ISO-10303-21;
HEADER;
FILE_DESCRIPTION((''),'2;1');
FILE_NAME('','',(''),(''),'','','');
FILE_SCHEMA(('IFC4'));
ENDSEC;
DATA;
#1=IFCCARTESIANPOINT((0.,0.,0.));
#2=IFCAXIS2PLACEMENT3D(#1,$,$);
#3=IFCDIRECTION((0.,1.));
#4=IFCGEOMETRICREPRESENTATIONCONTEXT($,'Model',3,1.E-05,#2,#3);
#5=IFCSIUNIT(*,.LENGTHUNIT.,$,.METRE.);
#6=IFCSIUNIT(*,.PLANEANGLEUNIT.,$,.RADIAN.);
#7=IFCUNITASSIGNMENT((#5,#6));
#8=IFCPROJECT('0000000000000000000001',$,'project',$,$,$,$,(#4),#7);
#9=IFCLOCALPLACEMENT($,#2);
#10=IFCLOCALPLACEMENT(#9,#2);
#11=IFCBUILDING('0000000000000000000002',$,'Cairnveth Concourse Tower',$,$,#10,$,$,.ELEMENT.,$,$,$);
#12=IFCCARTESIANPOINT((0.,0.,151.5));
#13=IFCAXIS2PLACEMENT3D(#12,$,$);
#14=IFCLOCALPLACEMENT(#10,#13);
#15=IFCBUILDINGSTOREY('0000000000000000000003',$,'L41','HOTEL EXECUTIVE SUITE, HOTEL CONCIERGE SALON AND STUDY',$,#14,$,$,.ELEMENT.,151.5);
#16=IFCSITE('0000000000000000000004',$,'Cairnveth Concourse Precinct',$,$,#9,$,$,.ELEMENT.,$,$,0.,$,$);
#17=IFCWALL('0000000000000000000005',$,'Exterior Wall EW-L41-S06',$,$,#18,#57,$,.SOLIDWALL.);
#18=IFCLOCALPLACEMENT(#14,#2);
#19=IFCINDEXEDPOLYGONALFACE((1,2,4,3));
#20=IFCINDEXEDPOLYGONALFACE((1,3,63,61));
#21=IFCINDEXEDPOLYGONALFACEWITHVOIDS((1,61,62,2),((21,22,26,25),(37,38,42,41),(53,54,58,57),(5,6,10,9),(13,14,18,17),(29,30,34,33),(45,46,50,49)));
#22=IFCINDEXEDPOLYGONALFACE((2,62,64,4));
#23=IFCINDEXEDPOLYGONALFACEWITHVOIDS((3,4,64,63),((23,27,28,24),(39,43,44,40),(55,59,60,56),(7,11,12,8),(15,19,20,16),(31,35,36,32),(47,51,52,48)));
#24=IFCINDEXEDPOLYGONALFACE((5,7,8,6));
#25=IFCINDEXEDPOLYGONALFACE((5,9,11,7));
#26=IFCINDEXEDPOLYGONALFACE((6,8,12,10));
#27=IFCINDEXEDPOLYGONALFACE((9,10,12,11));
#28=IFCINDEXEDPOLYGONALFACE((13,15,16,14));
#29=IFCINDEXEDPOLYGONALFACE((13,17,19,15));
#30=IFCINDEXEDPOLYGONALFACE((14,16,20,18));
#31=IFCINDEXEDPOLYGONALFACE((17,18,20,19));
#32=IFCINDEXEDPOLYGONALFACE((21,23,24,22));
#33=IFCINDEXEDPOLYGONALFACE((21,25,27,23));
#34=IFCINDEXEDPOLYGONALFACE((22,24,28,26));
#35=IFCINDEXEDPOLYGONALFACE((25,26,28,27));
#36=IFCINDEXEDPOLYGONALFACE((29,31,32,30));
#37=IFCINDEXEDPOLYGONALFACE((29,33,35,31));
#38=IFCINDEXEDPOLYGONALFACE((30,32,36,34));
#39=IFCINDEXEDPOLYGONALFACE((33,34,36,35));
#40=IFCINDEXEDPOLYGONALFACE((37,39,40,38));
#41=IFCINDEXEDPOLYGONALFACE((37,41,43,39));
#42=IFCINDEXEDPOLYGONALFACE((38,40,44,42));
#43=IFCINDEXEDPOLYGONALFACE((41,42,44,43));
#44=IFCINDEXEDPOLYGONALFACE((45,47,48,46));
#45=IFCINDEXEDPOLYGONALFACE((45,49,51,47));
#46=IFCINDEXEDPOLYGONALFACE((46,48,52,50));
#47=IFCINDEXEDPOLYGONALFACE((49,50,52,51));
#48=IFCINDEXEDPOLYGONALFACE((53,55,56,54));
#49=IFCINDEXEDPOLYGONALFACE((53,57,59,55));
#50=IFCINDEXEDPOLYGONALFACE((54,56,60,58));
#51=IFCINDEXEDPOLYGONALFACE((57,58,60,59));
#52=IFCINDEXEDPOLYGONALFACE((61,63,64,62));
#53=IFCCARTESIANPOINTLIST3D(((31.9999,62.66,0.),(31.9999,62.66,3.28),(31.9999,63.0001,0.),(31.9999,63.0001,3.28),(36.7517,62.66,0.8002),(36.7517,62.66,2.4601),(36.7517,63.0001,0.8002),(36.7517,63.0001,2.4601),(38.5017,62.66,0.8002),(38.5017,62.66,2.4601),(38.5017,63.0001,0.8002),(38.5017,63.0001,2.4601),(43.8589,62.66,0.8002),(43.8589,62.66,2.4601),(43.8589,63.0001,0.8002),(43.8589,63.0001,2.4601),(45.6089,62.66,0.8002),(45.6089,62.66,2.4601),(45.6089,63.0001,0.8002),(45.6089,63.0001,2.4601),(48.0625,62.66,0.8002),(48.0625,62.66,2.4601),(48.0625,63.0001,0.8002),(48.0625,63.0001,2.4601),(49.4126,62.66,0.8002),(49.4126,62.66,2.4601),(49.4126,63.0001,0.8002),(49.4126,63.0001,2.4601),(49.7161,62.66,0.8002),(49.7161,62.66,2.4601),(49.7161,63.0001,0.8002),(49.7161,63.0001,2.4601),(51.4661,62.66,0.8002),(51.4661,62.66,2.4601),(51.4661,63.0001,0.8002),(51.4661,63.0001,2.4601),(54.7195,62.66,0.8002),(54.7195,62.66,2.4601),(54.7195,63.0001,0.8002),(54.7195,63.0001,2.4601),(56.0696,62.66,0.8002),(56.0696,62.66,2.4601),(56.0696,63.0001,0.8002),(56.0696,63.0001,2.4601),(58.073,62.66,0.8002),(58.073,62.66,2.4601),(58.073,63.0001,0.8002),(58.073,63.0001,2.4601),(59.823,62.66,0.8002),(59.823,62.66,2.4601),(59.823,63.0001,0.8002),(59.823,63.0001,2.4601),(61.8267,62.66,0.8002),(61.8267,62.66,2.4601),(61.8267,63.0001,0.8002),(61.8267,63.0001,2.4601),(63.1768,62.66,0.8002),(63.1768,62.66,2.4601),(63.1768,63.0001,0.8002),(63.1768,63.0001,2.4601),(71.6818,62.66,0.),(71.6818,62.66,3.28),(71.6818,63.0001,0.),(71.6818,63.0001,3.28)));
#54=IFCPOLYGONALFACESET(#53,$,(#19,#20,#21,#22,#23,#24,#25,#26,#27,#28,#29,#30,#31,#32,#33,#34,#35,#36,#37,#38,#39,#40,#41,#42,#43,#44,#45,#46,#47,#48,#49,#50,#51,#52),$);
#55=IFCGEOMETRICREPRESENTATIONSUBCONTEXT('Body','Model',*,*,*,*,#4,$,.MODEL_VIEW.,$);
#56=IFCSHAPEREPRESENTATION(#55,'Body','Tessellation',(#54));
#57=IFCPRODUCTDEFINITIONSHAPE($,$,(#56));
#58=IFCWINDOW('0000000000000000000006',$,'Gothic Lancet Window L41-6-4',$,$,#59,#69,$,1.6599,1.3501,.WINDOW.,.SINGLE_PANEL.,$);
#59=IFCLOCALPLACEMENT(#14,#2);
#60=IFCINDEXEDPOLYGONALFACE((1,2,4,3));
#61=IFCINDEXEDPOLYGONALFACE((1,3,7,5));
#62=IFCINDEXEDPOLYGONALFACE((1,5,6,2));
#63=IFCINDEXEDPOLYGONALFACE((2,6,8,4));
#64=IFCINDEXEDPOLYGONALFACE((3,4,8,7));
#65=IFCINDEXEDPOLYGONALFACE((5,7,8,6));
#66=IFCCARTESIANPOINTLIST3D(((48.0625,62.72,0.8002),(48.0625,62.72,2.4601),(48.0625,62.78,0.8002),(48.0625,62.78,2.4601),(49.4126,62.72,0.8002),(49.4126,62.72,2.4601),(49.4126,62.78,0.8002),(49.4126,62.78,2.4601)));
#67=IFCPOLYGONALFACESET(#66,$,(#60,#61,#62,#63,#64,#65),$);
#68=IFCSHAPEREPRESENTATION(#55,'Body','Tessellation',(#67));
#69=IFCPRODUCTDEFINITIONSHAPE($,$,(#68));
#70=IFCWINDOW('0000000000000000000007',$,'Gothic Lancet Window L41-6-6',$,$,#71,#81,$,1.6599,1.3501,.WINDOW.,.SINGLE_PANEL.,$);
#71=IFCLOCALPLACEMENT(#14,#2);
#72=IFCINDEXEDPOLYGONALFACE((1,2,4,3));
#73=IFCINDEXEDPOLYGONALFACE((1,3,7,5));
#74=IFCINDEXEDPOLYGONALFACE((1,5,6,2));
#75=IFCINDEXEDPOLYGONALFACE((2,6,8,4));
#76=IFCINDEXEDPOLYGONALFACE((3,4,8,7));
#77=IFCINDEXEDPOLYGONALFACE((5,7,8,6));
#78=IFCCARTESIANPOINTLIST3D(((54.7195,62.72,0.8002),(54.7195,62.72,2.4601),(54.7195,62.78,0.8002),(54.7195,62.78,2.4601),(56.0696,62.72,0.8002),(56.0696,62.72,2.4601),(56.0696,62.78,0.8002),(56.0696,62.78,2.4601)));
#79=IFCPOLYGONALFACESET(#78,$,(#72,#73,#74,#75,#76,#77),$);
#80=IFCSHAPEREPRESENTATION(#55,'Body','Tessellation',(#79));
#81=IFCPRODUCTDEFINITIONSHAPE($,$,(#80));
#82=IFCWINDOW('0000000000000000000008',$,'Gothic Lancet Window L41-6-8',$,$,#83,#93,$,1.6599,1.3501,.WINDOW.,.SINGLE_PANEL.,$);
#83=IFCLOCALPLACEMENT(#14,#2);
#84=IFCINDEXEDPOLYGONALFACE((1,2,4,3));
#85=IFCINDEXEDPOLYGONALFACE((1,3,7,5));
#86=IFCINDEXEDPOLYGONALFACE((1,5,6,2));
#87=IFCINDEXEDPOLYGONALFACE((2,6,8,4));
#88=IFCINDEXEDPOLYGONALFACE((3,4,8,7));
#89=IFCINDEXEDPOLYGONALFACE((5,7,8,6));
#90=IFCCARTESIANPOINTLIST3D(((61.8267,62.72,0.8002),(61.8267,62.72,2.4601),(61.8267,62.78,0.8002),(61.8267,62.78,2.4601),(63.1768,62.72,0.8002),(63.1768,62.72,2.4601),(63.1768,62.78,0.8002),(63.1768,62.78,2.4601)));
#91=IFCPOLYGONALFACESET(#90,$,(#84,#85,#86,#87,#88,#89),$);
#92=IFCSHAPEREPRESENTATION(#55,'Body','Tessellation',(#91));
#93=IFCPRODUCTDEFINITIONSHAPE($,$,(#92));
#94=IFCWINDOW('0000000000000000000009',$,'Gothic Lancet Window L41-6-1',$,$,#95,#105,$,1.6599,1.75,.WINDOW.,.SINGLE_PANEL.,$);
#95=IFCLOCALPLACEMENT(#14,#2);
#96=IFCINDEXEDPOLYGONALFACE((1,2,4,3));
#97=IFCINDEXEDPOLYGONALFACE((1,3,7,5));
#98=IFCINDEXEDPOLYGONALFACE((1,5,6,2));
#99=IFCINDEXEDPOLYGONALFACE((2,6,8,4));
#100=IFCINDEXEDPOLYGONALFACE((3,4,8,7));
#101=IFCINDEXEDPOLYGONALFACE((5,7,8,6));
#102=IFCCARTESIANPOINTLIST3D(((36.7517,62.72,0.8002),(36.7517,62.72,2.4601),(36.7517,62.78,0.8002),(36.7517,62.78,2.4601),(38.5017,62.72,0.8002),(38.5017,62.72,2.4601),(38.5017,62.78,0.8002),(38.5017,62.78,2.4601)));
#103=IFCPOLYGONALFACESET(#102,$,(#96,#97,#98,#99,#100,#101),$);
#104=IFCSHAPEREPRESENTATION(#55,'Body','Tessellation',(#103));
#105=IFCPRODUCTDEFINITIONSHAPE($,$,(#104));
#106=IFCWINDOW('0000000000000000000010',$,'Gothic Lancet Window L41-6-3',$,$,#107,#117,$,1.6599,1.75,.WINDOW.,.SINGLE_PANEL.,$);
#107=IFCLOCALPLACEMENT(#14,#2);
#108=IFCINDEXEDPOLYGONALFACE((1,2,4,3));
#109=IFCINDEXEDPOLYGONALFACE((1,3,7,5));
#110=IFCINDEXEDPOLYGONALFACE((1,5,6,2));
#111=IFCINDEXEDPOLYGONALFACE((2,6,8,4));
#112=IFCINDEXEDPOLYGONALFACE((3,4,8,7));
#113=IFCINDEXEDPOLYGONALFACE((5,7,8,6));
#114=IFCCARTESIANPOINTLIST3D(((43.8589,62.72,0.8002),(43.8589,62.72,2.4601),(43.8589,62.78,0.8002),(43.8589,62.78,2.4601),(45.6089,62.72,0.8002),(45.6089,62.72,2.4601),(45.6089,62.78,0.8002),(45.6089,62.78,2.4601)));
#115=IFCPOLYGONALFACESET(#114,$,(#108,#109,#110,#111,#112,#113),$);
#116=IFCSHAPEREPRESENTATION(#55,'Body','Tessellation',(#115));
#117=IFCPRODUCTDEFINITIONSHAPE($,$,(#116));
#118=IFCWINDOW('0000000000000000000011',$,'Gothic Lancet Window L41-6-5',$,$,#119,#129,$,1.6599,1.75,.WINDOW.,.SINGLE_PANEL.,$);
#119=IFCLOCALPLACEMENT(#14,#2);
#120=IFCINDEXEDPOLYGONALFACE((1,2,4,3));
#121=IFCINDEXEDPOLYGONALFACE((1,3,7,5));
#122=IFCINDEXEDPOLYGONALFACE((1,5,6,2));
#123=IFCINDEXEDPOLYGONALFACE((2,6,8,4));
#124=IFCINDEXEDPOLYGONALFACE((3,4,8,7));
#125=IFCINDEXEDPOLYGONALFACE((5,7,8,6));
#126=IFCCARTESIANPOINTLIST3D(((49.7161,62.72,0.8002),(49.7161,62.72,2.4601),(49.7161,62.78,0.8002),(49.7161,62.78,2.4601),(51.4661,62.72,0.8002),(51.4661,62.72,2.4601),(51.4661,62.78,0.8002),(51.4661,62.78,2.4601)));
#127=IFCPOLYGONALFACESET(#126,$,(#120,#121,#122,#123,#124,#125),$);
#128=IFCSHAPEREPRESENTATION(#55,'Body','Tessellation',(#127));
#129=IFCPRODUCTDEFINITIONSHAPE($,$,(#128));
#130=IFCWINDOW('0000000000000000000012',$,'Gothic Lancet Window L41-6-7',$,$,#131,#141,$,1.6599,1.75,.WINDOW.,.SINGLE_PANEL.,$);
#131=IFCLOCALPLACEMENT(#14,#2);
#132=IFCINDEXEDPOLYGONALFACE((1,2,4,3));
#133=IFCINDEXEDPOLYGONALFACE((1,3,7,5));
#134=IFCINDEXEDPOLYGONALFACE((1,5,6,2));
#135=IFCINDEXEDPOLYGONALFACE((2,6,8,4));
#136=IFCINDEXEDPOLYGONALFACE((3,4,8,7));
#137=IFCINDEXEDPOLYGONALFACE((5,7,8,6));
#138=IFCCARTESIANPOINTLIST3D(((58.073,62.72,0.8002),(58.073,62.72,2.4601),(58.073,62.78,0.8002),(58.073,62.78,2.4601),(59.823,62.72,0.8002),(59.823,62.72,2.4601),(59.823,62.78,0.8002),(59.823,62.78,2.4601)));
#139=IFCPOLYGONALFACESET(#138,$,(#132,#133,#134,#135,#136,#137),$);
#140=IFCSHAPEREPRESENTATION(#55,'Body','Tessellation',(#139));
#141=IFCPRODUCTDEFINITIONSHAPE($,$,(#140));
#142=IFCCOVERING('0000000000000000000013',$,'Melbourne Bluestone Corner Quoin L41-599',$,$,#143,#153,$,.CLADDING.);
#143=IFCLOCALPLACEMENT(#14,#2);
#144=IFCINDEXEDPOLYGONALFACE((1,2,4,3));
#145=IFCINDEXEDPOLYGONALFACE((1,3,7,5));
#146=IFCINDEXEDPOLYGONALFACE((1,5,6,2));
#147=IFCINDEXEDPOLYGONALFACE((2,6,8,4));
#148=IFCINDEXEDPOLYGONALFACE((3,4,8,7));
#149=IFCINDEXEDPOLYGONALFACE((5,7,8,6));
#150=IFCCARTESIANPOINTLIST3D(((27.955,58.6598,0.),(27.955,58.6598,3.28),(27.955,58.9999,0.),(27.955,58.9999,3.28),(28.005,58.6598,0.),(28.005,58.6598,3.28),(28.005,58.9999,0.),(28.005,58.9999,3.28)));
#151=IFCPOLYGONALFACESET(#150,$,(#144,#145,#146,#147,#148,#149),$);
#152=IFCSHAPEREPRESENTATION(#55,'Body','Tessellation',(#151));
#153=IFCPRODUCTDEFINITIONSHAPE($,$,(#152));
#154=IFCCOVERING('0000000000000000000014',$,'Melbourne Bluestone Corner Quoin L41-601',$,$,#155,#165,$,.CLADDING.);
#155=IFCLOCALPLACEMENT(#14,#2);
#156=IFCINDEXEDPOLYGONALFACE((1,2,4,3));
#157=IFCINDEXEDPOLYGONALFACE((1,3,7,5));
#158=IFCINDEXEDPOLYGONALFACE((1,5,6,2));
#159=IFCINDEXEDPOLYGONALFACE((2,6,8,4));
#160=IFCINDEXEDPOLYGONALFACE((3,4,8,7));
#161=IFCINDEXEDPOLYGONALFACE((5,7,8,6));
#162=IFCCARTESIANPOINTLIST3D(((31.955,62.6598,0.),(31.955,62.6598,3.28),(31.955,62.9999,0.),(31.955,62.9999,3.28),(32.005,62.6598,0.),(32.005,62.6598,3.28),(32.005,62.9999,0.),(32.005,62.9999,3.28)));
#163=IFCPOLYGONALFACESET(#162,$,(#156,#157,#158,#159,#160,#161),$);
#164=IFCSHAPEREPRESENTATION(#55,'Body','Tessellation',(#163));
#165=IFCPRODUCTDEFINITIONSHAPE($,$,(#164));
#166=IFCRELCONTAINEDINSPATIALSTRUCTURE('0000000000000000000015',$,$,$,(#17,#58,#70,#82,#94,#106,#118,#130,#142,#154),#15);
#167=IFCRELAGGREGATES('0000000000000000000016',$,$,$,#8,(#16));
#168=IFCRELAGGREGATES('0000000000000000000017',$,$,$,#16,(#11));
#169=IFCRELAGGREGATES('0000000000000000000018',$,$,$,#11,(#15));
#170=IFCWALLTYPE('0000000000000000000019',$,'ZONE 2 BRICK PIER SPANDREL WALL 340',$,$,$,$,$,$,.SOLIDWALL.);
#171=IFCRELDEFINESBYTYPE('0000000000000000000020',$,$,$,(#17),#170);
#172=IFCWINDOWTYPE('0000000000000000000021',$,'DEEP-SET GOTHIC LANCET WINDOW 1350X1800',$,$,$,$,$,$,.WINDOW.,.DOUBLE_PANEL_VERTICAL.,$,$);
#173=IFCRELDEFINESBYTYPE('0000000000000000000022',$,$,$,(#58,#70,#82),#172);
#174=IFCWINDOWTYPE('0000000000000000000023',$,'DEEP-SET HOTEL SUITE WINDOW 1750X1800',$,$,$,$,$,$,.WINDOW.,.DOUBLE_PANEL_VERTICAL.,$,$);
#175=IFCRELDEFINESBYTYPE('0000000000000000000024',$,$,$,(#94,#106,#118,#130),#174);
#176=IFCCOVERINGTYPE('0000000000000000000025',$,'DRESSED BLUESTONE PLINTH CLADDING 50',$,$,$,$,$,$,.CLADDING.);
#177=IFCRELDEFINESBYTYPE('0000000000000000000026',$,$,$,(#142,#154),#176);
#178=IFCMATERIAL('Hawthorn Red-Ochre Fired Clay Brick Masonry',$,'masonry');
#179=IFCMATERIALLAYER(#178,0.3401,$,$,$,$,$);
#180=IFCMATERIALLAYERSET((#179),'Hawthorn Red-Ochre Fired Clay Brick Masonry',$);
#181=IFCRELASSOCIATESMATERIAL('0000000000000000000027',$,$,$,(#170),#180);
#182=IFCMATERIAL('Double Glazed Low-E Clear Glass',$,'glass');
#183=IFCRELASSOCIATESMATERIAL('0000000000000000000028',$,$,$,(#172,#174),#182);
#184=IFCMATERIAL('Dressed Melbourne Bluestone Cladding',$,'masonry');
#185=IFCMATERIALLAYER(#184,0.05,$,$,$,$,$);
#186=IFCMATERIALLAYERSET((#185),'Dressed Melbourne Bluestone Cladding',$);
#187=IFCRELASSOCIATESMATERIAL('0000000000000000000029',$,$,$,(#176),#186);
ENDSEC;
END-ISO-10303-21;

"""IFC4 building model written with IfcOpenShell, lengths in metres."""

from ifc_helpers import new_model, si_unit, direction, frame, frame_2d, origin, place, context, subcontext, project, spatial, rectangle, extrude, material, layer, layer_set, type_object, element, fill, save


model = new_model("IFC4")

# Units and contexts
model_context = context("Model", 3, precision=1e-05, world=origin(), true_north=direction((0.0, 1.0)))
body_context = subcontext(model_context, "Body", "Model", "MODEL_VIEW")
ifc_project = project(units=[si_unit("LENGTHUNIT", "METRE"), si_unit("PLANEANGLEUNIT", "RADIAN")], contexts=[model_context])

# Site, building, storey
site_placement = place(None, origin())
site = spatial("IfcSite", under=ifc_project, at=site_placement, Name="Cairnveth Concourse Precinct", CompositionType="ELEMENT", RefElevation=0.0)
building_placement = place(site_placement, origin())
building = spatial("IfcBuilding", under=site, at=building_placement, Name="Cairnveth Concourse Tower", CompositionType="ELEMENT")
storey_placement = place(building_placement, frame((0.0, 0.0, 151.5)))
storey = spatial("IfcBuildingStorey", under=building, at=storey_placement, Name="L41", Description="HOTEL EXECUTIVE SUITE, HOTEL CONCIERGE SALON AND STUDY", CompositionType="ELEMENT", Elevation=151.5)

# Shared definitions
ifc_material_1 = material(Name="Hawthorn Red-Ochre Fired Clay Brick Masonry", Category="masonry")
ifc_layer_1 = layer(ifc_material_1, 0.3401)
ifc_layer_set_1 = layer_set([ifc_layer_1], Name="Hawthorn Red-Ochre Fired Clay Brick Masonry")
wall_type_1 = type_object("IfcWallType", Name="ZONE 2 BRICK PIER SPANDREL WALL 340", PredefinedType="SOLIDWALL", material=ifc_layer_set_1)

# Wall, openings, windows
wall_1_placement = place(storey_placement, frame((32.0, 62.8301, 0.0), z_axis=(0.0, 0.0, 1.0), x_axis=(1.0, 0.0, 0.0)))
wall_1 = element("IfcWall", 1, at=wall_1_placement, inside=storey, type_object=wall_type_1, Name="Exterior Wall EW-L41-S06", PredefinedType="SOLIDWALL", context=body_context, shape_type="SweptSolid", body=[
    extrude(rectangle(XDim=39.6819, YDim=0.3401, at=frame_2d((19.8408, 0.0))), origin(), (0.0, 0.0, 1.0), 3.28),
])
opening_1_placement = place(wall_1_placement, frame((4.7517, 0.0, 0.8)))
opening_1 = element("IfcOpeningElement", 2, at=opening_1_placement, cuts=wall_1, PredefinedType="OPENING", context=body_context, shape_type="SweptSolid", body=[
    extrude(rectangle(XDim=1.75, YDim=1.6599, at=frame_2d((0.875, 0.8301))), frame((0.0, 0.1799, 0.0), z_axis=(0.0, -1.0, 0.0), x_axis=(1.0, 0.0, 0.0)), (0.0, 0.0, 1.0), 0.3601),
])
opening_2_placement = place(wall_1_placement, frame((11.8589, 0.0, 0.8)))
opening_2 = element("IfcOpeningElement", 3, at=opening_2_placement, cuts=wall_1, PredefinedType="OPENING", context=body_context, shape_type="SweptSolid", body=[
    extrude(rectangle(XDim=1.75, YDim=1.6599, at=frame_2d((0.875, 0.8301))), frame((0.0, 0.1799, 0.0), z_axis=(0.0, -1.0, 0.0), x_axis=(1.0, 0.0, 0.0)), (0.0, 0.0, 1.0), 0.3601),
])
opening_3_placement = place(wall_1_placement, frame((16.0625, 0.0, 0.8)))
opening_3 = element("IfcOpeningElement", 4, at=opening_3_placement, cuts=wall_1, PredefinedType="OPENING", context=body_context, shape_type="SweptSolid", body=[
    extrude(rectangle(XDim=1.3501, YDim=1.6599, at=frame_2d((0.675, 0.8301))), frame((0.0, 0.1799, 0.0), z_axis=(0.0, -1.0, 0.0), x_axis=(1.0, 0.0, 0.0)), (0.0, 0.0, 1.0), 0.3601),
])
opening_4_placement = place(wall_1_placement, frame((17.7161, 0.0, 0.8)))
opening_4 = element("IfcOpeningElement", 5, at=opening_4_placement, cuts=wall_1, PredefinedType="OPENING", context=body_context, shape_type="SweptSolid", body=[
    extrude(rectangle(XDim=1.75, YDim=1.6599, at=frame_2d((0.875, 0.8301))), frame((0.0, 0.1799, 0.0), z_axis=(0.0, -1.0, 0.0), x_axis=(1.0, 0.0, 0.0)), (0.0, 0.0, 1.0), 0.3601),
])
opening_5_placement = place(wall_1_placement, frame((22.7195, 0.0, 0.8)))
opening_5 = element("IfcOpeningElement", 6, at=opening_5_placement, cuts=wall_1, PredefinedType="OPENING", context=body_context, shape_type="SweptSolid", body=[
    extrude(rectangle(XDim=1.3501, YDim=1.6599, at=frame_2d((0.675, 0.8301))), frame((0.0, 0.1799, 0.0), z_axis=(0.0, -1.0, 0.0), x_axis=(1.0, 0.0, 0.0)), (0.0, 0.0, 1.0), 0.3601),
])
opening_6_placement = place(wall_1_placement, frame((26.073, 0.0, 0.8)))
opening_6 = element("IfcOpeningElement", 7, at=opening_6_placement, cuts=wall_1, PredefinedType="OPENING", context=body_context, shape_type="SweptSolid", body=[
    extrude(rectangle(XDim=1.75, YDim=1.6599, at=frame_2d((0.875, 0.8301))), frame((0.0, 0.1799, 0.0), z_axis=(0.0, -1.0, 0.0), x_axis=(1.0, 0.0, 0.0)), (0.0, 0.0, 1.0), 0.3601),
])
opening_7_placement = place(wall_1_placement, frame((29.8267, 0.0, 0.8)))
opening_7 = element("IfcOpeningElement", 8, at=opening_7_placement, cuts=wall_1, PredefinedType="OPENING", context=body_context, shape_type="SweptSolid", body=[
    extrude(rectangle(XDim=1.3501, YDim=1.6599, at=frame_2d((0.675, 0.8301))), frame((0.0, 0.1799, 0.0), z_axis=(0.0, -1.0, 0.0), x_axis=(1.0, 0.0, 0.0)), (0.0, 0.0, 1.0), 0.3601),
])
ifc_material_2 = material(Name="Double Glazed Low-E Clear Glass", Category="glass")
window_type_1 = type_object("IfcWindowType", Name="DEEP-SET GOTHIC LANCET WINDOW 1350X1800", PartitioningType="DOUBLE_PANEL_VERTICAL", PredefinedType="WINDOW", material=ifc_material_2)
window_1_placement = place(opening_3_placement, origin())
window_1 = element("IfcWindow", 9, at=window_1_placement, inside=storey, type_object=window_type_1, Name="Gothic Lancet Window L41-6-4", OverallHeight=1.6599, OverallWidth=1.3501, PartitioningType="SINGLE_PANEL", PredefinedType="WINDOW", context=body_context, shape_type="SweptSolid", body=[
    extrude(rectangle(XDim=1.3501, YDim=1.6599, at=frame_2d((0.675, 0.8301))), frame((0.0, -0.05, 0.0), z_axis=(0.0, -1.0, 0.0), x_axis=(1.0, 0.0, 0.0)), (0.0, 0.0, 1.0), 0.0601),
])
fill(opening_3, window_1)
window_2_placement = place(opening_5_placement, origin())
window_2 = element("IfcWindow", 10, at=window_2_placement, inside=storey, type_object=window_type_1, Name="Gothic Lancet Window L41-6-6", OverallHeight=1.6599, OverallWidth=1.3501, PartitioningType="SINGLE_PANEL", PredefinedType="WINDOW", context=body_context, shape_type="SweptSolid", body=[
    extrude(rectangle(XDim=1.3501, YDim=1.6599, at=frame_2d((0.675, 0.8301))), frame((0.0, -0.05, 0.0), z_axis=(0.0, -1.0, 0.0), x_axis=(1.0, 0.0, 0.0)), (0.0, 0.0, 1.0), 0.0601),
])
fill(opening_5, window_2)
window_3_placement = place(opening_7_placement, origin())
window_3 = element("IfcWindow", 11, at=window_3_placement, inside=storey, type_object=window_type_1, Name="Gothic Lancet Window L41-6-8", OverallHeight=1.6599, OverallWidth=1.3501, PartitioningType="SINGLE_PANEL", PredefinedType="WINDOW", context=body_context, shape_type="SweptSolid", body=[
    extrude(rectangle(XDim=1.3501, YDim=1.6599, at=frame_2d((0.675, 0.8301))), frame((0.0, -0.05, 0.0), z_axis=(0.0, -1.0, 0.0), x_axis=(1.0, 0.0, 0.0)), (0.0, 0.0, 1.0), 0.0601),
])
fill(opening_7, window_3)
window_type_2 = type_object("IfcWindowType", Name="DEEP-SET HOTEL SUITE WINDOW 1750X1800", PartitioningType="DOUBLE_PANEL_VERTICAL", PredefinedType="WINDOW", material=ifc_material_2)
window_4_placement = place(opening_1_placement, origin())
window_4 = element("IfcWindow", 12, at=window_4_placement, inside=storey, type_object=window_type_2, Name="Gothic Lancet Window L41-6-1", OverallHeight=1.6599, OverallWidth=1.75, PartitioningType="SINGLE_PANEL", PredefinedType="WINDOW", context=body_context, shape_type="SweptSolid", body=[
    extrude(rectangle(XDim=1.75, YDim=1.6599, at=frame_2d((0.875, 0.8301))), frame((0.0, -0.05, 0.0), z_axis=(0.0, -1.0, 0.0), x_axis=(1.0, 0.0, 0.0)), (0.0, 0.0, 1.0), 0.0601),
])
fill(opening_1, window_4)
window_5_placement = place(opening_2_placement, origin())
window_5 = element("IfcWindow", 13, at=window_5_placement, inside=storey, type_object=window_type_2, Name="Gothic Lancet Window L41-6-3", OverallHeight=1.6599, OverallWidth=1.75, PartitioningType="SINGLE_PANEL", PredefinedType="WINDOW", context=body_context, shape_type="SweptSolid", body=[
    extrude(rectangle(XDim=1.75, YDim=1.6599, at=frame_2d((0.875, 0.8301))), frame((0.0, -0.05, 0.0), z_axis=(0.0, -1.0, 0.0), x_axis=(1.0, 0.0, 0.0)), (0.0, 0.0, 1.0), 0.0601),
])
fill(opening_2, window_5)
window_6_placement = place(opening_4_placement, origin())
window_6 = element("IfcWindow", 14, at=window_6_placement, inside=storey, type_object=window_type_2, Name="Gothic Lancet Window L41-6-5", OverallHeight=1.6599, OverallWidth=1.75, PartitioningType="SINGLE_PANEL", PredefinedType="WINDOW", context=body_context, shape_type="SweptSolid", body=[
    extrude(rectangle(XDim=1.75, YDim=1.6599, at=frame_2d((0.875, 0.8301))), frame((0.0, -0.05, 0.0), z_axis=(0.0, -1.0, 0.0), x_axis=(1.0, 0.0, 0.0)), (0.0, 0.0, 1.0), 0.0601),
])
fill(opening_4, window_6)
window_7_placement = place(opening_6_placement, origin())
window_7 = element("IfcWindow", 15, at=window_7_placement, inside=storey, type_object=window_type_2, Name="Gothic Lancet Window L41-6-7", OverallHeight=1.6599, OverallWidth=1.75, PartitioningType="SINGLE_PANEL", PredefinedType="WINDOW", context=body_context, shape_type="SweptSolid", body=[
    extrude(rectangle(XDim=1.75, YDim=1.6599, at=frame_2d((0.875, 0.8301))), frame((0.0, -0.05, 0.0), z_axis=(0.0, -1.0, 0.0), x_axis=(1.0, 0.0, 0.0)), (0.0, 0.0, 1.0), 0.0601),
])
fill(opening_6, window_7)

# Coverings
ifc_material_3 = material(Name="Dressed Melbourne Bluestone Cladding", Category="masonry")
ifc_layer_2 = layer(ifc_material_3, 0.05)
ifc_layer_set_2 = layer_set([ifc_layer_2], Name="Dressed Melbourne Bluestone Cladding")
covering_type = type_object("IfcCoveringType", Name="DRESSED BLUESTONE PLINTH CLADDING 50", PredefinedType="CLADDING", material=ifc_layer_set_2)
for number, where, z_axis, x_axis, name in (
    (16, (27.98, 58.6599, 0.0), (0.0, 0.0, 1.0), (0.0, 1.0, 0.0), "Melbourne Bluestone Corner Quoin L41-599"),
    (17, (31.98, 62.6599, 0.0), (0.0, 0.0, 1.0), (0.0, 1.0, 0.0), "Melbourne Bluestone Corner Quoin L41-601"),
):
    element("IfcCovering", number, at=place(storey_placement, frame(where, z_axis=z_axis, x_axis=x_axis)), inside=storey, type_object=covering_type, Name=name, PredefinedType="CLADDING", context=body_context, shape_type="SweptSolid", body=[
        extrude(rectangle(XDim=0.3401, YDim=0.05, at=frame_2d((0.1699, 0.0))), origin(), (0.0, 0.0, 1.0), 3.28),
    ])

save(model, "model.ifc")
